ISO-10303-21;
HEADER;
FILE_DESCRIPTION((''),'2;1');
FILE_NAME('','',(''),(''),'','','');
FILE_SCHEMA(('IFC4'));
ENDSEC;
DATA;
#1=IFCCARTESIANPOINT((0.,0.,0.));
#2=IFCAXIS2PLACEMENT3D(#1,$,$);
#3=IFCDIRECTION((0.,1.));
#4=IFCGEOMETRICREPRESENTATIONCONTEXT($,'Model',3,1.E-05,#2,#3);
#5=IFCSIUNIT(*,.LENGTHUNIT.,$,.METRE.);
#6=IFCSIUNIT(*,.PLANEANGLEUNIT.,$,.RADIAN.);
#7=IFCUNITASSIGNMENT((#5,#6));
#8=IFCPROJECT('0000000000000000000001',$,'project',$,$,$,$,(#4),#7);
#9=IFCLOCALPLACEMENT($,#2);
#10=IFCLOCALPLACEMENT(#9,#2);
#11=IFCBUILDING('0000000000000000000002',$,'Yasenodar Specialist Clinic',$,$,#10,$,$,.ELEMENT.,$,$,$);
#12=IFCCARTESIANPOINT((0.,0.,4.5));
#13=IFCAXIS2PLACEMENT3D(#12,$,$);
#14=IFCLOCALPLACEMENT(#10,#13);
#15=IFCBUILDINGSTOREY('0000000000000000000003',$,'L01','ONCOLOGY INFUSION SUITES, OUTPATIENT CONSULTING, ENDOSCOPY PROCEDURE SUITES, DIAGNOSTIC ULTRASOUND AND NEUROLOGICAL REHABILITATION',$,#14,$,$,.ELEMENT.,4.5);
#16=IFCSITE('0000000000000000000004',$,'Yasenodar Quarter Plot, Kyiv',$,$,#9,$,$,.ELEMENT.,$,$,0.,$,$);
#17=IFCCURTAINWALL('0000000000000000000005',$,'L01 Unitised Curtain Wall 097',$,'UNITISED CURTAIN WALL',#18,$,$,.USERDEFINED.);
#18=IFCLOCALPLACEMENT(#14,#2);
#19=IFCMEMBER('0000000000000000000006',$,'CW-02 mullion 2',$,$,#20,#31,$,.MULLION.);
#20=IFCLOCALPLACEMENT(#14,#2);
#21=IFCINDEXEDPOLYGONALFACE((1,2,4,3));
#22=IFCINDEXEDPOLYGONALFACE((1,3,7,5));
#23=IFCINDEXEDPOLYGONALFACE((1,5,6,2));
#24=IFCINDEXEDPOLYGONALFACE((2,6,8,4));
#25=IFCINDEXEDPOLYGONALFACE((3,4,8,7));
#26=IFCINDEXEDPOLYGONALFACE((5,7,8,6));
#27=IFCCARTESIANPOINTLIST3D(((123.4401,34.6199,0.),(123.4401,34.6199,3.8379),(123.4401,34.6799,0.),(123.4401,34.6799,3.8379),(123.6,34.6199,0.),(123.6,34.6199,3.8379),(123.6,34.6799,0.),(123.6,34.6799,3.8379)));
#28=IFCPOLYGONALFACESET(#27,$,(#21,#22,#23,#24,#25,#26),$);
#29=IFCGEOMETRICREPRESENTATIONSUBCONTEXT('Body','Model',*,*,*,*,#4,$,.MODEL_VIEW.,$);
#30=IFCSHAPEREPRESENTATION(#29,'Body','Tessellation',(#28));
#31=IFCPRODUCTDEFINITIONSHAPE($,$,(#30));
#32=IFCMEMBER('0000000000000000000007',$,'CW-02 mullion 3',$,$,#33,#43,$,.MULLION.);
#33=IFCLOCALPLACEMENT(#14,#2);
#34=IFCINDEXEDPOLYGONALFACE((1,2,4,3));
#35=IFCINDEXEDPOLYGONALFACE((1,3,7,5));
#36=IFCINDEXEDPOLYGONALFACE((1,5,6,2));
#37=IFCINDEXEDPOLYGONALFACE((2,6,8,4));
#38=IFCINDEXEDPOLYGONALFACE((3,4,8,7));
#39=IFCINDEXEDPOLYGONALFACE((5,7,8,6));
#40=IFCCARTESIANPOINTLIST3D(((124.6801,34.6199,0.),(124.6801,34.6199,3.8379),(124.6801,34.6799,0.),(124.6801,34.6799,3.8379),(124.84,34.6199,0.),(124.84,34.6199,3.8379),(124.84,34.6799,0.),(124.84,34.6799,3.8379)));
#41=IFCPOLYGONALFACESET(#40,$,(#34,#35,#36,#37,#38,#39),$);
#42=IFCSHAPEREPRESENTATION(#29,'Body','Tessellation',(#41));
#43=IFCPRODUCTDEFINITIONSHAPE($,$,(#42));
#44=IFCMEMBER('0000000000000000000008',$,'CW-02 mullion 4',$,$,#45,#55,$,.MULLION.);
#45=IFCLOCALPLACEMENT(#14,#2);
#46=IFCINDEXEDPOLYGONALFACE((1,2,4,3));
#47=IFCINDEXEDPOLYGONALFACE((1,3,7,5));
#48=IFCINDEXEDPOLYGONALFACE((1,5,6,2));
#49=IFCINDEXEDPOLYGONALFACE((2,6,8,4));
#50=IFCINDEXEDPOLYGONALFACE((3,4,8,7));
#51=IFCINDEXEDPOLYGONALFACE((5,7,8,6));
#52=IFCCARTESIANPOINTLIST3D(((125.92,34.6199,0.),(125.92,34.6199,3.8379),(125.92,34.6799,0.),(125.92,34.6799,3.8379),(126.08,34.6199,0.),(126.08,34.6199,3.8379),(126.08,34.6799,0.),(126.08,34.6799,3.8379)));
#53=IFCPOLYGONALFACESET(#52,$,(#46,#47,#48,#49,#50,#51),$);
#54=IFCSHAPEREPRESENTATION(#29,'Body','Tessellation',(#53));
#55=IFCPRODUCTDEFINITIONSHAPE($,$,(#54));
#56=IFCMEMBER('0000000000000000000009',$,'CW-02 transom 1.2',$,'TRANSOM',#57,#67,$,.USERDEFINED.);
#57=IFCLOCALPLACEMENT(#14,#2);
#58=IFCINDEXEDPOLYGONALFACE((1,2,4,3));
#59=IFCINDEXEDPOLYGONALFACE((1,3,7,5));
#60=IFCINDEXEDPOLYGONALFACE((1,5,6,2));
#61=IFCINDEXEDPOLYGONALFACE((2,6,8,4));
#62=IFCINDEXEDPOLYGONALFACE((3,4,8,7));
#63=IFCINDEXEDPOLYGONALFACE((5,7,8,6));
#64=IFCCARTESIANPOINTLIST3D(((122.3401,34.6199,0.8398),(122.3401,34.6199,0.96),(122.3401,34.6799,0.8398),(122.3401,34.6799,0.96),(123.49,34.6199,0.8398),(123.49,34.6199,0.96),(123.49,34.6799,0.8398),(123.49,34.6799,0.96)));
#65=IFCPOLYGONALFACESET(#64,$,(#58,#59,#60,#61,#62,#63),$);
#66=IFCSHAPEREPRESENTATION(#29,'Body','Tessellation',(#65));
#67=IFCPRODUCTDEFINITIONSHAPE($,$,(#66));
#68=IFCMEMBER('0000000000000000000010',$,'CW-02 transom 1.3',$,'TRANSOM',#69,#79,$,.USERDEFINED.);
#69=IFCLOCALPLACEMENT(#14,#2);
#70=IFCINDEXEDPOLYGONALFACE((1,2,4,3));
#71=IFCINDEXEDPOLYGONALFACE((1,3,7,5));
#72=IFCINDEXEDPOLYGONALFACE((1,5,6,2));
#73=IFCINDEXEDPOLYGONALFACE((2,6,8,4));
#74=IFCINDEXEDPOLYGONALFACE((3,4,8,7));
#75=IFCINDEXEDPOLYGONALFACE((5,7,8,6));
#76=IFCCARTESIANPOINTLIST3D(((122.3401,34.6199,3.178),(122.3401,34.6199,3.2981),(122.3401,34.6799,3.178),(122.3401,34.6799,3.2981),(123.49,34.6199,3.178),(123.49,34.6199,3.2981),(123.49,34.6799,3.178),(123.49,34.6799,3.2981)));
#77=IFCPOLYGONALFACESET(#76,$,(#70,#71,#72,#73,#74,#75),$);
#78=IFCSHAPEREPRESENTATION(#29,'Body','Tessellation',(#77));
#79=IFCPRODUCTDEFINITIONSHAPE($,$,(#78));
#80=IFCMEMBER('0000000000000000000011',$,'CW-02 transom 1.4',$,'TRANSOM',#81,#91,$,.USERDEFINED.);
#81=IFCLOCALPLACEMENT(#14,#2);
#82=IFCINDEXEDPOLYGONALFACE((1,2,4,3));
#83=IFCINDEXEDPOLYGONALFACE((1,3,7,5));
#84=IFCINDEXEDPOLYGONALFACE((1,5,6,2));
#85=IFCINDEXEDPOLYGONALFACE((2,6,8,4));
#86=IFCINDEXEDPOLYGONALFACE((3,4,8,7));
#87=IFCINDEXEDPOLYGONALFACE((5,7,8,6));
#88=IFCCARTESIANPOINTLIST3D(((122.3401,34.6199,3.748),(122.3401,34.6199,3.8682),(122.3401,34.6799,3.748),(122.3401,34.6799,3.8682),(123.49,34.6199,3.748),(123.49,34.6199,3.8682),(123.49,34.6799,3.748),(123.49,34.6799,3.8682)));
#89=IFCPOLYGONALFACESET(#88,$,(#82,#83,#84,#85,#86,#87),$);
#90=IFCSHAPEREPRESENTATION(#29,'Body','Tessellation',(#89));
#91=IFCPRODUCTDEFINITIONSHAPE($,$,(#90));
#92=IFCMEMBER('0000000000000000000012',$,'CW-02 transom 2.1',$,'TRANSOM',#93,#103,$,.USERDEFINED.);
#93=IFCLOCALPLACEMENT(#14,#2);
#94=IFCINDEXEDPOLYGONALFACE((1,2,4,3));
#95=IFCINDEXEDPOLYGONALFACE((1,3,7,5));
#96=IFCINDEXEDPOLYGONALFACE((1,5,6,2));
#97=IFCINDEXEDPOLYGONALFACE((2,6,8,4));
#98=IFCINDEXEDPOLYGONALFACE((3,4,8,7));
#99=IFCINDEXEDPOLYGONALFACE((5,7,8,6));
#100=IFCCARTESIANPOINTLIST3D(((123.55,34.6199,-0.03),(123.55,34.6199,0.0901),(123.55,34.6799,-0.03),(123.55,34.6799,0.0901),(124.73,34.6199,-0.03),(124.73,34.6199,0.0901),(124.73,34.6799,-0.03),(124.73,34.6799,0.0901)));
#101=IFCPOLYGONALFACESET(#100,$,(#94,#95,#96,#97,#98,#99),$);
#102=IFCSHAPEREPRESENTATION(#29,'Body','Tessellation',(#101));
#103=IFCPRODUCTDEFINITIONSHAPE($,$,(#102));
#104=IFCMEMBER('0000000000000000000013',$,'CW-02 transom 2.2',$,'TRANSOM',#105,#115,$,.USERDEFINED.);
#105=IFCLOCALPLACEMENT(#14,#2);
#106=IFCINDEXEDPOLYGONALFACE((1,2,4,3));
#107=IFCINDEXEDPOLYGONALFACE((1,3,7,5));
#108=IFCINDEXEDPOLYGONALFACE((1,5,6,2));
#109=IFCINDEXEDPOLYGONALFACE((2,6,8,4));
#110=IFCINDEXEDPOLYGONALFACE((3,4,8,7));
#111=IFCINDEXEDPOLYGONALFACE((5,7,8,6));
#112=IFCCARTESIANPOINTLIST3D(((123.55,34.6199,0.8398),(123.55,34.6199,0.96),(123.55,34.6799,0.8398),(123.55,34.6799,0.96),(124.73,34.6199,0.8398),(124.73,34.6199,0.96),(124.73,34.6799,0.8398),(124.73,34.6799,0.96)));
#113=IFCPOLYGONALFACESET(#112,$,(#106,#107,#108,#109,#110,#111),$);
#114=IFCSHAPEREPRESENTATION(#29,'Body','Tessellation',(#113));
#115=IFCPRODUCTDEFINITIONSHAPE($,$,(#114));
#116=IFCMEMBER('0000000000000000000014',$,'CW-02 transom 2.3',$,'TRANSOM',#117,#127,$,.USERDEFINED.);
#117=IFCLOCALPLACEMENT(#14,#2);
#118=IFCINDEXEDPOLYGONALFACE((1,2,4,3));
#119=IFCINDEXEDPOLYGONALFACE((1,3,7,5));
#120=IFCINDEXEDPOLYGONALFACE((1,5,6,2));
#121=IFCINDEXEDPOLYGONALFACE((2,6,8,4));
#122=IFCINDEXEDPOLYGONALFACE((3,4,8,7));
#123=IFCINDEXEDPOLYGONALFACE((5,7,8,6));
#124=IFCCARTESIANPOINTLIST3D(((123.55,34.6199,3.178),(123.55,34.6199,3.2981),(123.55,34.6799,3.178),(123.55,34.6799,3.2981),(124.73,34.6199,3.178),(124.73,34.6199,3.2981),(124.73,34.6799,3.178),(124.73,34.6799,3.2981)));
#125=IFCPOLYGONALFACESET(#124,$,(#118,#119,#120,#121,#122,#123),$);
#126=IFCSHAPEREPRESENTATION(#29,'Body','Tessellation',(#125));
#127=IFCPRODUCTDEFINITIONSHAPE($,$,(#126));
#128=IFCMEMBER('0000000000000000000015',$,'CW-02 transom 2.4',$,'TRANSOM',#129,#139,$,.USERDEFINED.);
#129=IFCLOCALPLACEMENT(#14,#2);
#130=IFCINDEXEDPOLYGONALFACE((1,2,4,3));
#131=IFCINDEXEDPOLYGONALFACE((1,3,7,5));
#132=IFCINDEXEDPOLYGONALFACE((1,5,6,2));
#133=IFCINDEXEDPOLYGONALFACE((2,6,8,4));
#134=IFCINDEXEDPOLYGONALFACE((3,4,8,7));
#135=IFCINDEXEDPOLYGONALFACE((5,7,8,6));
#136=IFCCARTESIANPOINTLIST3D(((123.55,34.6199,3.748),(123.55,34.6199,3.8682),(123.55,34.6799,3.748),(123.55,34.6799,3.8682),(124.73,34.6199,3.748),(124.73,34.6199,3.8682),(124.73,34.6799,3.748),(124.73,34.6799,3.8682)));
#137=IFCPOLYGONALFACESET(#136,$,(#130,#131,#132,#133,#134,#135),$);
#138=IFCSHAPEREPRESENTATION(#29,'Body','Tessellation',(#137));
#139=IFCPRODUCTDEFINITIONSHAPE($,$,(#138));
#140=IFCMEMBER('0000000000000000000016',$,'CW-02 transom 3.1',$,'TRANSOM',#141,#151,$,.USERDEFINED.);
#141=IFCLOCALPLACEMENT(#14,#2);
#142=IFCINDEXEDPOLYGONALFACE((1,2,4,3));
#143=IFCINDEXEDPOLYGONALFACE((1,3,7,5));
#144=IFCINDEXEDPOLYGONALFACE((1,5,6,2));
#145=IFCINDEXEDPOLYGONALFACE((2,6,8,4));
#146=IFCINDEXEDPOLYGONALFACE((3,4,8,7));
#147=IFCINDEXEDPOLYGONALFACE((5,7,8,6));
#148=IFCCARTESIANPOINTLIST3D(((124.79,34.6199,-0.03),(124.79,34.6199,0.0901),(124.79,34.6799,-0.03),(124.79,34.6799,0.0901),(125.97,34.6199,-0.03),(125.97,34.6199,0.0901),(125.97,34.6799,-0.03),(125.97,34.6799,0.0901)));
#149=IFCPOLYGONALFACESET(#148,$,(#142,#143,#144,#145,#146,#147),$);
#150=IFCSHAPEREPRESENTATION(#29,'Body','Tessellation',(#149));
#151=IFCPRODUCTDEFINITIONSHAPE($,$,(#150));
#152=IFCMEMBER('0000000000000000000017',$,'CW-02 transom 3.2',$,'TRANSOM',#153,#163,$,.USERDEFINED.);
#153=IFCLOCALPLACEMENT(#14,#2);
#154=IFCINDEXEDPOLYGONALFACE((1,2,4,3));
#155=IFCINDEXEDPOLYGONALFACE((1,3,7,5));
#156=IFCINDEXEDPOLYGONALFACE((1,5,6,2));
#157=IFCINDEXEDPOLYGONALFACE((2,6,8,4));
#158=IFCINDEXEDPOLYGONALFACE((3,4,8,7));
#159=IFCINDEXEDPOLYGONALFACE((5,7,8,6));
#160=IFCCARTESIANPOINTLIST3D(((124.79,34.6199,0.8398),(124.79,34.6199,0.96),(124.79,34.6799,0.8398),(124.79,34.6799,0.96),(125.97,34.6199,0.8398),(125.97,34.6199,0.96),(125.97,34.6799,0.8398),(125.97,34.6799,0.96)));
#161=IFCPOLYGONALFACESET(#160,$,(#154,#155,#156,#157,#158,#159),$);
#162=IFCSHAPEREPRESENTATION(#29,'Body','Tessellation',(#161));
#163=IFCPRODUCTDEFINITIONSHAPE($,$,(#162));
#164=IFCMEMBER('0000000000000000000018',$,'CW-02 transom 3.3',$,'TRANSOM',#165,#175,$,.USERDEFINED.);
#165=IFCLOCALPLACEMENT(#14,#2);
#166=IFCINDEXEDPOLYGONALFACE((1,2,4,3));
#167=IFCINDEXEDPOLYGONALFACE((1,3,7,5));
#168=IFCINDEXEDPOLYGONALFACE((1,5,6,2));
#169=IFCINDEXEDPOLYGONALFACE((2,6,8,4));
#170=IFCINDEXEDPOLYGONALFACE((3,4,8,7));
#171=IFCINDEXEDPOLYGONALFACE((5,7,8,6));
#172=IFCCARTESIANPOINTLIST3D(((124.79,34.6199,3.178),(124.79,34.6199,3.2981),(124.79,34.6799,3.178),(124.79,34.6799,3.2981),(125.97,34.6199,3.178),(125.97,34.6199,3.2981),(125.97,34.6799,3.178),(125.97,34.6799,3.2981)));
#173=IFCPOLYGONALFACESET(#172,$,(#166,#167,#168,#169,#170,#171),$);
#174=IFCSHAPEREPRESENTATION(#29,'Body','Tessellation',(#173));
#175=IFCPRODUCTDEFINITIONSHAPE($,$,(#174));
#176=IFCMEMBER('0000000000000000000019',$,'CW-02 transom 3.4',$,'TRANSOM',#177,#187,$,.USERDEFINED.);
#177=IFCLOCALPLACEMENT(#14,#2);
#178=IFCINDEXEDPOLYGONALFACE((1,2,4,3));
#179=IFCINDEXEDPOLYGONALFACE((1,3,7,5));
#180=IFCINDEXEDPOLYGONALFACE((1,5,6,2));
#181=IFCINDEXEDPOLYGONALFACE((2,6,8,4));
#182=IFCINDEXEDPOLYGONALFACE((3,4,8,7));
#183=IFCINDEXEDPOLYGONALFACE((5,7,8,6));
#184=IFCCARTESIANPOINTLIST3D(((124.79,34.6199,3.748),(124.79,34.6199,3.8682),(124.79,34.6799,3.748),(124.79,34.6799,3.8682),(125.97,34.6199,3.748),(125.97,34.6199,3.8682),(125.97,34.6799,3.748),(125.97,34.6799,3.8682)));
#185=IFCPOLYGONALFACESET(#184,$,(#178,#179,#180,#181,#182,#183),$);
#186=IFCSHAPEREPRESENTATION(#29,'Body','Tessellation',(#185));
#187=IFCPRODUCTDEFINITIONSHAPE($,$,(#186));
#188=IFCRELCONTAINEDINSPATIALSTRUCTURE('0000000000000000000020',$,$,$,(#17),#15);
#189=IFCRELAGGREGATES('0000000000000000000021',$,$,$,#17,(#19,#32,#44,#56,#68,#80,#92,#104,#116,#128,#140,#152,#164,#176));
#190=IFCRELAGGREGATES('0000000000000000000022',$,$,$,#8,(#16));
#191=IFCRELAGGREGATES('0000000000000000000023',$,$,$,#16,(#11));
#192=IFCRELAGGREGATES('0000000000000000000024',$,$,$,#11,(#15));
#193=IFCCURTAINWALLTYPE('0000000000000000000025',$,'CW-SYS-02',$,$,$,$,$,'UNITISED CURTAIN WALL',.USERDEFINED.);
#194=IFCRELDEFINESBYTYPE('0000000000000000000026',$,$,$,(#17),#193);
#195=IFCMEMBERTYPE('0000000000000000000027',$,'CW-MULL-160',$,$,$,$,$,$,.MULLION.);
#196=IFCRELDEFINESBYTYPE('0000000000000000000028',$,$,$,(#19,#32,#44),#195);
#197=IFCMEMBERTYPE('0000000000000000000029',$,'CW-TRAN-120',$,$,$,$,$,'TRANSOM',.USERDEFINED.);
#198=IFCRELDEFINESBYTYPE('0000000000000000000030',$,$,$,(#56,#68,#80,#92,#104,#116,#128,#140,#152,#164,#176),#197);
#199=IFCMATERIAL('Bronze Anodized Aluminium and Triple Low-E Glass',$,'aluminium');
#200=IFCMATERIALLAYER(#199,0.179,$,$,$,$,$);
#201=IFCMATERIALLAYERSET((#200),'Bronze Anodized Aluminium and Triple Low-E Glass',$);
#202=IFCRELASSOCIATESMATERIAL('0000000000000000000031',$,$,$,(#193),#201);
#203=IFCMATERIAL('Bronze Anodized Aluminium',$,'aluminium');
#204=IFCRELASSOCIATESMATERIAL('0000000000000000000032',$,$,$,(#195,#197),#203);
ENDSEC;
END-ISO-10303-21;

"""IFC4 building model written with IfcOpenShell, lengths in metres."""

from ifc_helpers import new_model, si_unit, direction, frame, origin, origin_2d, place, context, subcontext, project, spatial, rectangle, extrude, material, layer, layer_set, material_profile, profile_set, type_object, element, aggregate, save


model = new_model("IFC4")

# Units and contexts
model_context = context("Model", 3, precision=1e-05, world=origin(), true_north=direction((0.0, 1.0)))
body_context = subcontext(model_context, "Body", "Model", "MODEL_VIEW")
ifc_project = project(units=[si_unit("LENGTHUNIT", "METRE"), si_unit("PLANEANGLEUNIT", "RADIAN")], contexts=[model_context])

# Site, building, storey
site_placement = place(None, origin())
site = spatial("IfcSite", under=ifc_project, at=site_placement, Name="Yasenodar Quarter Plot, Kyiv", CompositionType="ELEMENT", RefElevation=0.0)
building_placement = place(site_placement, origin())
building = spatial("IfcBuilding", under=site, at=building_placement, Name="Yasenodar Specialist Clinic", CompositionType="ELEMENT")
storey_placement = place(building_placement, frame((0.0, 0.0, 4.5)))
storey = spatial("IfcBuildingStorey", under=building, at=storey_placement, Name="L01", Description="ONCOLOGY INFUSION SUITES, OUTPATIENT CONSULTING, ENDOSCOPY PROCEDURE SUITES, DIAGNOSTIC ULTRASOUND AND NEUROLOGICAL REHABILITATION", CompositionType="ELEMENT", Elevation=4.5)

# Curtain wall, members
ifc_material_1 = material(Name="Bronze Anodized Aluminium and Triple Low-E Glass", Category="aluminium")
ifc_layer_1 = layer(ifc_material_1, 0.179)
ifc_layer_set_1 = layer_set([ifc_layer_1], Name="Bronze Anodized Aluminium and Triple Low-E Glass")
curtain_wall_type = type_object("IfcCurtainWallType", Name="CW-SYS-02", ElementType="UNITISED CURTAIN WALL", PredefinedType="USERDEFINED", material=ifc_layer_set_1)
curtain_wall_placement = place(storey_placement, origin())
curtain_wall = element("IfcCurtainWall", 1, at=curtain_wall_placement, inside=storey, type_object=curtain_wall_type, Name="L01 Unitised Curtain Wall 097", ObjectType="UNITISED CURTAIN WALL", PredefinedType="USERDEFINED")
ifc_material_2 = material(Name="Bronze Anodized Aluminium", Category="aluminium")
ifc_material_profile_1 = material_profile(ifc_material_2, rectangle(XDim=0.0601, YDim=0.1599, at=origin_2d()), Name="CW-MULL 60x160")
ifc_profile_set_1 = profile_set([ifc_material_profile_1], Name="Bronze Anodized Aluminium")
member_type_1 = type_object("IfcMemberType", Name="CW-MULL-160", PredefinedType="MULLION", material=ifc_profile_set_1)
member_1_placement = place(storey_placement, frame((123.52, 34.6499, 0.0), z_axis=(0.0, 0.0, 1.0), x_axis=(0.0, 1.0, 0.0)))
member_1 = element("IfcMember", 2, at=member_1_placement, type_object=member_type_1, Name="CW-02 mullion 2", PredefinedType="MULLION", context=body_context, shape_type="SweptSolid", body=[
    extrude(rectangle(XDim=0.0601, YDim=0.1599, at=origin_2d()), origin(), (0.0, 0.0, 1.0), 3.8379),
])
member_2_placement = place(storey_placement, frame((124.76, 34.6499, 0.0), z_axis=(0.0, 0.0, 1.0), x_axis=(0.0, 1.0, 0.0)))
member_2 = element("IfcMember", 3, at=member_2_placement, type_object=member_type_1, Name="CW-02 mullion 3", PredefinedType="MULLION", context=body_context, shape_type="SweptSolid", body=[
    extrude(rectangle(XDim=0.0601, YDim=0.1599, at=origin_2d()), origin(), (0.0, 0.0, 1.0), 3.8379),
])
member_3_placement = place(storey_placement, frame((126.0, 34.6499, 0.0), z_axis=(0.0, 0.0, 1.0), x_axis=(0.0, 1.0, 0.0)))
member_3 = element("IfcMember", 4, at=member_3_placement, type_object=member_type_1, Name="CW-02 mullion 4", PredefinedType="MULLION", context=body_context, shape_type="SweptSolid", body=[
    extrude(rectangle(XDim=0.0601, YDim=0.1599, at=origin_2d()), origin(), (0.0, 0.0, 1.0), 3.8379),
])
ifc_material_profile_2 = material_profile(ifc_material_2, rectangle(XDim=0.0601, YDim=0.1201, at=origin_2d()), Name="CW-TRAN 60x120")
ifc_profile_set_2 = profile_set([ifc_material_profile_2], Name="Bronze Anodized Aluminium")
member_type_2 = type_object("IfcMemberType", Name="CW-TRAN-120", ElementType="TRANSOM", PredefinedType="USERDEFINED", material=ifc_profile_set_2)
member_4_placement = place(storey_placement, frame((122.3401, 34.6499, 0.8999), z_axis=(1.0, 0.0, 0.0), x_axis=(0.0, 1.0, 0.0)))
member_4 = element("IfcMember", 5, at=member_4_placement, type_object=member_type_2, Name="CW-02 transom 1.2", ObjectType="TRANSOM", PredefinedType="USERDEFINED", context=body_context, shape_type="SweptSolid", body=[
    extrude(rectangle(XDim=0.0601, YDim=0.1201, at=origin_2d()), origin(), (0.0, 0.0, 1.0), 1.1499),
])
member_5_placement = place(storey_placement, frame((122.3401, 34.6499, 3.238), z_axis=(1.0, 0.0, 0.0), x_axis=(0.0, 1.0, 0.0)))
member_5 = element("IfcMember", 6, at=member_5_placement, type_object=member_type_2, Name="CW-02 transom 1.3", ObjectType="TRANSOM", PredefinedType="USERDEFINED", context=body_context, shape_type="SweptSolid", body=[
    extrude(rectangle(XDim=0.0601, YDim=0.1201, at=origin_2d()), origin(), (0.0, 0.0, 1.0), 1.1499),
])
member_6_placement = place(storey_placement, frame((122.3401, 34.6499, 3.8081), z_axis=(1.0, 0.0, 0.0), x_axis=(0.0, 1.0, 0.0)))
member_6 = element("IfcMember", 7, at=member_6_placement, type_object=member_type_2, Name="CW-02 transom 1.4", ObjectType="TRANSOM", PredefinedType="USERDEFINED", context=body_context, shape_type="SweptSolid", body=[
    extrude(rectangle(XDim=0.0601, YDim=0.1201, at=origin_2d()), origin(), (0.0, 0.0, 1.0), 1.1499),
])
member_7_placement = place(storey_placement, frame((123.55, 34.6499, 0.03), z_axis=(1.0, 0.0, 0.0), x_axis=(0.0, 1.0, 0.0)))
member_7 = element("IfcMember", 8, at=member_7_placement, type_object=member_type_2, Name="CW-02 transom 2.1", ObjectType="TRANSOM", PredefinedType="USERDEFINED", context=body_context, shape_type="SweptSolid", body=[
    extrude(rectangle(XDim=0.0601, YDim=0.1201, at=origin_2d()), origin(), (0.0, 0.0, 1.0), 1.1799),
])
member_8_placement = place(storey_placement, frame((123.55, 34.6499, 0.8999), z_axis=(1.0, 0.0, 0.0), x_axis=(0.0, 1.0, 0.0)))
member_8 = element("IfcMember", 9, at=member_8_placement, type_object=member_type_2, Name="CW-02 transom 2.2", ObjectType="TRANSOM", PredefinedType="USERDEFINED", context=body_context, shape_type="SweptSolid", body=[
    extrude(rectangle(XDim=0.0601, YDim=0.1201, at=origin_2d()), origin(), (0.0, 0.0, 1.0), 1.1799),
])
member_9_placement = place(storey_placement, frame((123.55, 34.6499, 3.238), z_axis=(1.0, 0.0, 0.0), x_axis=(0.0, 1.0, 0.0)))
member_9 = element("IfcMember", 10, at=member_9_placement, type_object=member_type_2, Name="CW-02 transom 2.3", ObjectType="TRANSOM", PredefinedType="USERDEFINED", context=body_context, shape_type="SweptSolid", body=[
    extrude(rectangle(XDim=0.0601, YDim=0.1201, at=origin_2d()), origin(), (0.0, 0.0, 1.0), 1.1799),
])
member_10_placement = place(storey_placement, frame((123.55, 34.6499, 3.8081), z_axis=(1.0, 0.0, 0.0), x_axis=(0.0, 1.0, 0.0)))
member_10 = element("IfcMember", 11, at=member_10_placement, type_object=member_type_2, Name="CW-02 transom 2.4", ObjectType="TRANSOM", PredefinedType="USERDEFINED", context=body_context, shape_type="SweptSolid", body=[
    extrude(rectangle(XDim=0.0601, YDim=0.1201, at=origin_2d()), origin(), (0.0, 0.0, 1.0), 1.1799),
])
member_11_placement = place(storey_placement, frame((124.79, 34.6499, 0.03), z_axis=(1.0, 0.0, 0.0), x_axis=(0.0, 1.0, 0.0)))
member_11 = element("IfcMember", 12, at=member_11_placement, type_object=member_type_2, Name="CW-02 transom 3.1", ObjectType="TRANSOM", PredefinedType="USERDEFINED", context=body_context, shape_type="SweptSolid", body=[
    extrude(rectangle(XDim=0.0601, YDim=0.1201, at=origin_2d()), origin(), (0.0, 0.0, 1.0), 1.1799),
])
member_12_placement = place(storey_placement, frame((124.79, 34.6499, 0.8999), z_axis=(1.0, 0.0, 0.0), x_axis=(0.0, 1.0, 0.0)))
member_12 = element("IfcMember", 13, at=member_12_placement, type_object=member_type_2, Name="CW-02 transom 3.2", ObjectType="TRANSOM", PredefinedType="USERDEFINED", context=body_context, shape_type="SweptSolid", body=[
    extrude(rectangle(XDim=0.0601, YDim=0.1201, at=origin_2d()), origin(), (0.0, 0.0, 1.0), 1.1799),
])
member_13_placement = place(storey_placement, frame((124.79, 34.6499, 3.238), z_axis=(1.0, 0.0, 0.0), x_axis=(0.0, 1.0, 0.0)))
member_13 = element("IfcMember", 14, at=member_13_placement, type_object=member_type_2, Name="CW-02 transom 3.3", ObjectType="TRANSOM", PredefinedType="USERDEFINED", context=body_context, shape_type="SweptSolid", body=[
    extrude(rectangle(XDim=0.0601, YDim=0.1201, at=origin_2d()), origin(), (0.0, 0.0, 1.0), 1.1799),
])
member_14_placement = place(storey_placement, frame((124.79, 34.6499, 3.8081), z_axis=(1.0, 0.0, 0.0), x_axis=(0.0, 1.0, 0.0)))
member_14 = element("IfcMember", 15, at=member_14_placement, type_object=member_type_2, Name="CW-02 transom 3.4", ObjectType="TRANSOM", PredefinedType="USERDEFINED", context=body_context, shape_type="SweptSolid", body=[
    extrude(rectangle(XDim=0.0601, YDim=0.1201, at=origin_2d()), origin(), (0.0, 0.0, 1.0), 1.1799),
])
aggregate(curtain_wall, [member_1, member_2, member_3, member_4, member_5, member_6, member_7, member_8, member_9, member_10, member_11, member_12, member_13, member_14])

save(model, "model.ifc")
